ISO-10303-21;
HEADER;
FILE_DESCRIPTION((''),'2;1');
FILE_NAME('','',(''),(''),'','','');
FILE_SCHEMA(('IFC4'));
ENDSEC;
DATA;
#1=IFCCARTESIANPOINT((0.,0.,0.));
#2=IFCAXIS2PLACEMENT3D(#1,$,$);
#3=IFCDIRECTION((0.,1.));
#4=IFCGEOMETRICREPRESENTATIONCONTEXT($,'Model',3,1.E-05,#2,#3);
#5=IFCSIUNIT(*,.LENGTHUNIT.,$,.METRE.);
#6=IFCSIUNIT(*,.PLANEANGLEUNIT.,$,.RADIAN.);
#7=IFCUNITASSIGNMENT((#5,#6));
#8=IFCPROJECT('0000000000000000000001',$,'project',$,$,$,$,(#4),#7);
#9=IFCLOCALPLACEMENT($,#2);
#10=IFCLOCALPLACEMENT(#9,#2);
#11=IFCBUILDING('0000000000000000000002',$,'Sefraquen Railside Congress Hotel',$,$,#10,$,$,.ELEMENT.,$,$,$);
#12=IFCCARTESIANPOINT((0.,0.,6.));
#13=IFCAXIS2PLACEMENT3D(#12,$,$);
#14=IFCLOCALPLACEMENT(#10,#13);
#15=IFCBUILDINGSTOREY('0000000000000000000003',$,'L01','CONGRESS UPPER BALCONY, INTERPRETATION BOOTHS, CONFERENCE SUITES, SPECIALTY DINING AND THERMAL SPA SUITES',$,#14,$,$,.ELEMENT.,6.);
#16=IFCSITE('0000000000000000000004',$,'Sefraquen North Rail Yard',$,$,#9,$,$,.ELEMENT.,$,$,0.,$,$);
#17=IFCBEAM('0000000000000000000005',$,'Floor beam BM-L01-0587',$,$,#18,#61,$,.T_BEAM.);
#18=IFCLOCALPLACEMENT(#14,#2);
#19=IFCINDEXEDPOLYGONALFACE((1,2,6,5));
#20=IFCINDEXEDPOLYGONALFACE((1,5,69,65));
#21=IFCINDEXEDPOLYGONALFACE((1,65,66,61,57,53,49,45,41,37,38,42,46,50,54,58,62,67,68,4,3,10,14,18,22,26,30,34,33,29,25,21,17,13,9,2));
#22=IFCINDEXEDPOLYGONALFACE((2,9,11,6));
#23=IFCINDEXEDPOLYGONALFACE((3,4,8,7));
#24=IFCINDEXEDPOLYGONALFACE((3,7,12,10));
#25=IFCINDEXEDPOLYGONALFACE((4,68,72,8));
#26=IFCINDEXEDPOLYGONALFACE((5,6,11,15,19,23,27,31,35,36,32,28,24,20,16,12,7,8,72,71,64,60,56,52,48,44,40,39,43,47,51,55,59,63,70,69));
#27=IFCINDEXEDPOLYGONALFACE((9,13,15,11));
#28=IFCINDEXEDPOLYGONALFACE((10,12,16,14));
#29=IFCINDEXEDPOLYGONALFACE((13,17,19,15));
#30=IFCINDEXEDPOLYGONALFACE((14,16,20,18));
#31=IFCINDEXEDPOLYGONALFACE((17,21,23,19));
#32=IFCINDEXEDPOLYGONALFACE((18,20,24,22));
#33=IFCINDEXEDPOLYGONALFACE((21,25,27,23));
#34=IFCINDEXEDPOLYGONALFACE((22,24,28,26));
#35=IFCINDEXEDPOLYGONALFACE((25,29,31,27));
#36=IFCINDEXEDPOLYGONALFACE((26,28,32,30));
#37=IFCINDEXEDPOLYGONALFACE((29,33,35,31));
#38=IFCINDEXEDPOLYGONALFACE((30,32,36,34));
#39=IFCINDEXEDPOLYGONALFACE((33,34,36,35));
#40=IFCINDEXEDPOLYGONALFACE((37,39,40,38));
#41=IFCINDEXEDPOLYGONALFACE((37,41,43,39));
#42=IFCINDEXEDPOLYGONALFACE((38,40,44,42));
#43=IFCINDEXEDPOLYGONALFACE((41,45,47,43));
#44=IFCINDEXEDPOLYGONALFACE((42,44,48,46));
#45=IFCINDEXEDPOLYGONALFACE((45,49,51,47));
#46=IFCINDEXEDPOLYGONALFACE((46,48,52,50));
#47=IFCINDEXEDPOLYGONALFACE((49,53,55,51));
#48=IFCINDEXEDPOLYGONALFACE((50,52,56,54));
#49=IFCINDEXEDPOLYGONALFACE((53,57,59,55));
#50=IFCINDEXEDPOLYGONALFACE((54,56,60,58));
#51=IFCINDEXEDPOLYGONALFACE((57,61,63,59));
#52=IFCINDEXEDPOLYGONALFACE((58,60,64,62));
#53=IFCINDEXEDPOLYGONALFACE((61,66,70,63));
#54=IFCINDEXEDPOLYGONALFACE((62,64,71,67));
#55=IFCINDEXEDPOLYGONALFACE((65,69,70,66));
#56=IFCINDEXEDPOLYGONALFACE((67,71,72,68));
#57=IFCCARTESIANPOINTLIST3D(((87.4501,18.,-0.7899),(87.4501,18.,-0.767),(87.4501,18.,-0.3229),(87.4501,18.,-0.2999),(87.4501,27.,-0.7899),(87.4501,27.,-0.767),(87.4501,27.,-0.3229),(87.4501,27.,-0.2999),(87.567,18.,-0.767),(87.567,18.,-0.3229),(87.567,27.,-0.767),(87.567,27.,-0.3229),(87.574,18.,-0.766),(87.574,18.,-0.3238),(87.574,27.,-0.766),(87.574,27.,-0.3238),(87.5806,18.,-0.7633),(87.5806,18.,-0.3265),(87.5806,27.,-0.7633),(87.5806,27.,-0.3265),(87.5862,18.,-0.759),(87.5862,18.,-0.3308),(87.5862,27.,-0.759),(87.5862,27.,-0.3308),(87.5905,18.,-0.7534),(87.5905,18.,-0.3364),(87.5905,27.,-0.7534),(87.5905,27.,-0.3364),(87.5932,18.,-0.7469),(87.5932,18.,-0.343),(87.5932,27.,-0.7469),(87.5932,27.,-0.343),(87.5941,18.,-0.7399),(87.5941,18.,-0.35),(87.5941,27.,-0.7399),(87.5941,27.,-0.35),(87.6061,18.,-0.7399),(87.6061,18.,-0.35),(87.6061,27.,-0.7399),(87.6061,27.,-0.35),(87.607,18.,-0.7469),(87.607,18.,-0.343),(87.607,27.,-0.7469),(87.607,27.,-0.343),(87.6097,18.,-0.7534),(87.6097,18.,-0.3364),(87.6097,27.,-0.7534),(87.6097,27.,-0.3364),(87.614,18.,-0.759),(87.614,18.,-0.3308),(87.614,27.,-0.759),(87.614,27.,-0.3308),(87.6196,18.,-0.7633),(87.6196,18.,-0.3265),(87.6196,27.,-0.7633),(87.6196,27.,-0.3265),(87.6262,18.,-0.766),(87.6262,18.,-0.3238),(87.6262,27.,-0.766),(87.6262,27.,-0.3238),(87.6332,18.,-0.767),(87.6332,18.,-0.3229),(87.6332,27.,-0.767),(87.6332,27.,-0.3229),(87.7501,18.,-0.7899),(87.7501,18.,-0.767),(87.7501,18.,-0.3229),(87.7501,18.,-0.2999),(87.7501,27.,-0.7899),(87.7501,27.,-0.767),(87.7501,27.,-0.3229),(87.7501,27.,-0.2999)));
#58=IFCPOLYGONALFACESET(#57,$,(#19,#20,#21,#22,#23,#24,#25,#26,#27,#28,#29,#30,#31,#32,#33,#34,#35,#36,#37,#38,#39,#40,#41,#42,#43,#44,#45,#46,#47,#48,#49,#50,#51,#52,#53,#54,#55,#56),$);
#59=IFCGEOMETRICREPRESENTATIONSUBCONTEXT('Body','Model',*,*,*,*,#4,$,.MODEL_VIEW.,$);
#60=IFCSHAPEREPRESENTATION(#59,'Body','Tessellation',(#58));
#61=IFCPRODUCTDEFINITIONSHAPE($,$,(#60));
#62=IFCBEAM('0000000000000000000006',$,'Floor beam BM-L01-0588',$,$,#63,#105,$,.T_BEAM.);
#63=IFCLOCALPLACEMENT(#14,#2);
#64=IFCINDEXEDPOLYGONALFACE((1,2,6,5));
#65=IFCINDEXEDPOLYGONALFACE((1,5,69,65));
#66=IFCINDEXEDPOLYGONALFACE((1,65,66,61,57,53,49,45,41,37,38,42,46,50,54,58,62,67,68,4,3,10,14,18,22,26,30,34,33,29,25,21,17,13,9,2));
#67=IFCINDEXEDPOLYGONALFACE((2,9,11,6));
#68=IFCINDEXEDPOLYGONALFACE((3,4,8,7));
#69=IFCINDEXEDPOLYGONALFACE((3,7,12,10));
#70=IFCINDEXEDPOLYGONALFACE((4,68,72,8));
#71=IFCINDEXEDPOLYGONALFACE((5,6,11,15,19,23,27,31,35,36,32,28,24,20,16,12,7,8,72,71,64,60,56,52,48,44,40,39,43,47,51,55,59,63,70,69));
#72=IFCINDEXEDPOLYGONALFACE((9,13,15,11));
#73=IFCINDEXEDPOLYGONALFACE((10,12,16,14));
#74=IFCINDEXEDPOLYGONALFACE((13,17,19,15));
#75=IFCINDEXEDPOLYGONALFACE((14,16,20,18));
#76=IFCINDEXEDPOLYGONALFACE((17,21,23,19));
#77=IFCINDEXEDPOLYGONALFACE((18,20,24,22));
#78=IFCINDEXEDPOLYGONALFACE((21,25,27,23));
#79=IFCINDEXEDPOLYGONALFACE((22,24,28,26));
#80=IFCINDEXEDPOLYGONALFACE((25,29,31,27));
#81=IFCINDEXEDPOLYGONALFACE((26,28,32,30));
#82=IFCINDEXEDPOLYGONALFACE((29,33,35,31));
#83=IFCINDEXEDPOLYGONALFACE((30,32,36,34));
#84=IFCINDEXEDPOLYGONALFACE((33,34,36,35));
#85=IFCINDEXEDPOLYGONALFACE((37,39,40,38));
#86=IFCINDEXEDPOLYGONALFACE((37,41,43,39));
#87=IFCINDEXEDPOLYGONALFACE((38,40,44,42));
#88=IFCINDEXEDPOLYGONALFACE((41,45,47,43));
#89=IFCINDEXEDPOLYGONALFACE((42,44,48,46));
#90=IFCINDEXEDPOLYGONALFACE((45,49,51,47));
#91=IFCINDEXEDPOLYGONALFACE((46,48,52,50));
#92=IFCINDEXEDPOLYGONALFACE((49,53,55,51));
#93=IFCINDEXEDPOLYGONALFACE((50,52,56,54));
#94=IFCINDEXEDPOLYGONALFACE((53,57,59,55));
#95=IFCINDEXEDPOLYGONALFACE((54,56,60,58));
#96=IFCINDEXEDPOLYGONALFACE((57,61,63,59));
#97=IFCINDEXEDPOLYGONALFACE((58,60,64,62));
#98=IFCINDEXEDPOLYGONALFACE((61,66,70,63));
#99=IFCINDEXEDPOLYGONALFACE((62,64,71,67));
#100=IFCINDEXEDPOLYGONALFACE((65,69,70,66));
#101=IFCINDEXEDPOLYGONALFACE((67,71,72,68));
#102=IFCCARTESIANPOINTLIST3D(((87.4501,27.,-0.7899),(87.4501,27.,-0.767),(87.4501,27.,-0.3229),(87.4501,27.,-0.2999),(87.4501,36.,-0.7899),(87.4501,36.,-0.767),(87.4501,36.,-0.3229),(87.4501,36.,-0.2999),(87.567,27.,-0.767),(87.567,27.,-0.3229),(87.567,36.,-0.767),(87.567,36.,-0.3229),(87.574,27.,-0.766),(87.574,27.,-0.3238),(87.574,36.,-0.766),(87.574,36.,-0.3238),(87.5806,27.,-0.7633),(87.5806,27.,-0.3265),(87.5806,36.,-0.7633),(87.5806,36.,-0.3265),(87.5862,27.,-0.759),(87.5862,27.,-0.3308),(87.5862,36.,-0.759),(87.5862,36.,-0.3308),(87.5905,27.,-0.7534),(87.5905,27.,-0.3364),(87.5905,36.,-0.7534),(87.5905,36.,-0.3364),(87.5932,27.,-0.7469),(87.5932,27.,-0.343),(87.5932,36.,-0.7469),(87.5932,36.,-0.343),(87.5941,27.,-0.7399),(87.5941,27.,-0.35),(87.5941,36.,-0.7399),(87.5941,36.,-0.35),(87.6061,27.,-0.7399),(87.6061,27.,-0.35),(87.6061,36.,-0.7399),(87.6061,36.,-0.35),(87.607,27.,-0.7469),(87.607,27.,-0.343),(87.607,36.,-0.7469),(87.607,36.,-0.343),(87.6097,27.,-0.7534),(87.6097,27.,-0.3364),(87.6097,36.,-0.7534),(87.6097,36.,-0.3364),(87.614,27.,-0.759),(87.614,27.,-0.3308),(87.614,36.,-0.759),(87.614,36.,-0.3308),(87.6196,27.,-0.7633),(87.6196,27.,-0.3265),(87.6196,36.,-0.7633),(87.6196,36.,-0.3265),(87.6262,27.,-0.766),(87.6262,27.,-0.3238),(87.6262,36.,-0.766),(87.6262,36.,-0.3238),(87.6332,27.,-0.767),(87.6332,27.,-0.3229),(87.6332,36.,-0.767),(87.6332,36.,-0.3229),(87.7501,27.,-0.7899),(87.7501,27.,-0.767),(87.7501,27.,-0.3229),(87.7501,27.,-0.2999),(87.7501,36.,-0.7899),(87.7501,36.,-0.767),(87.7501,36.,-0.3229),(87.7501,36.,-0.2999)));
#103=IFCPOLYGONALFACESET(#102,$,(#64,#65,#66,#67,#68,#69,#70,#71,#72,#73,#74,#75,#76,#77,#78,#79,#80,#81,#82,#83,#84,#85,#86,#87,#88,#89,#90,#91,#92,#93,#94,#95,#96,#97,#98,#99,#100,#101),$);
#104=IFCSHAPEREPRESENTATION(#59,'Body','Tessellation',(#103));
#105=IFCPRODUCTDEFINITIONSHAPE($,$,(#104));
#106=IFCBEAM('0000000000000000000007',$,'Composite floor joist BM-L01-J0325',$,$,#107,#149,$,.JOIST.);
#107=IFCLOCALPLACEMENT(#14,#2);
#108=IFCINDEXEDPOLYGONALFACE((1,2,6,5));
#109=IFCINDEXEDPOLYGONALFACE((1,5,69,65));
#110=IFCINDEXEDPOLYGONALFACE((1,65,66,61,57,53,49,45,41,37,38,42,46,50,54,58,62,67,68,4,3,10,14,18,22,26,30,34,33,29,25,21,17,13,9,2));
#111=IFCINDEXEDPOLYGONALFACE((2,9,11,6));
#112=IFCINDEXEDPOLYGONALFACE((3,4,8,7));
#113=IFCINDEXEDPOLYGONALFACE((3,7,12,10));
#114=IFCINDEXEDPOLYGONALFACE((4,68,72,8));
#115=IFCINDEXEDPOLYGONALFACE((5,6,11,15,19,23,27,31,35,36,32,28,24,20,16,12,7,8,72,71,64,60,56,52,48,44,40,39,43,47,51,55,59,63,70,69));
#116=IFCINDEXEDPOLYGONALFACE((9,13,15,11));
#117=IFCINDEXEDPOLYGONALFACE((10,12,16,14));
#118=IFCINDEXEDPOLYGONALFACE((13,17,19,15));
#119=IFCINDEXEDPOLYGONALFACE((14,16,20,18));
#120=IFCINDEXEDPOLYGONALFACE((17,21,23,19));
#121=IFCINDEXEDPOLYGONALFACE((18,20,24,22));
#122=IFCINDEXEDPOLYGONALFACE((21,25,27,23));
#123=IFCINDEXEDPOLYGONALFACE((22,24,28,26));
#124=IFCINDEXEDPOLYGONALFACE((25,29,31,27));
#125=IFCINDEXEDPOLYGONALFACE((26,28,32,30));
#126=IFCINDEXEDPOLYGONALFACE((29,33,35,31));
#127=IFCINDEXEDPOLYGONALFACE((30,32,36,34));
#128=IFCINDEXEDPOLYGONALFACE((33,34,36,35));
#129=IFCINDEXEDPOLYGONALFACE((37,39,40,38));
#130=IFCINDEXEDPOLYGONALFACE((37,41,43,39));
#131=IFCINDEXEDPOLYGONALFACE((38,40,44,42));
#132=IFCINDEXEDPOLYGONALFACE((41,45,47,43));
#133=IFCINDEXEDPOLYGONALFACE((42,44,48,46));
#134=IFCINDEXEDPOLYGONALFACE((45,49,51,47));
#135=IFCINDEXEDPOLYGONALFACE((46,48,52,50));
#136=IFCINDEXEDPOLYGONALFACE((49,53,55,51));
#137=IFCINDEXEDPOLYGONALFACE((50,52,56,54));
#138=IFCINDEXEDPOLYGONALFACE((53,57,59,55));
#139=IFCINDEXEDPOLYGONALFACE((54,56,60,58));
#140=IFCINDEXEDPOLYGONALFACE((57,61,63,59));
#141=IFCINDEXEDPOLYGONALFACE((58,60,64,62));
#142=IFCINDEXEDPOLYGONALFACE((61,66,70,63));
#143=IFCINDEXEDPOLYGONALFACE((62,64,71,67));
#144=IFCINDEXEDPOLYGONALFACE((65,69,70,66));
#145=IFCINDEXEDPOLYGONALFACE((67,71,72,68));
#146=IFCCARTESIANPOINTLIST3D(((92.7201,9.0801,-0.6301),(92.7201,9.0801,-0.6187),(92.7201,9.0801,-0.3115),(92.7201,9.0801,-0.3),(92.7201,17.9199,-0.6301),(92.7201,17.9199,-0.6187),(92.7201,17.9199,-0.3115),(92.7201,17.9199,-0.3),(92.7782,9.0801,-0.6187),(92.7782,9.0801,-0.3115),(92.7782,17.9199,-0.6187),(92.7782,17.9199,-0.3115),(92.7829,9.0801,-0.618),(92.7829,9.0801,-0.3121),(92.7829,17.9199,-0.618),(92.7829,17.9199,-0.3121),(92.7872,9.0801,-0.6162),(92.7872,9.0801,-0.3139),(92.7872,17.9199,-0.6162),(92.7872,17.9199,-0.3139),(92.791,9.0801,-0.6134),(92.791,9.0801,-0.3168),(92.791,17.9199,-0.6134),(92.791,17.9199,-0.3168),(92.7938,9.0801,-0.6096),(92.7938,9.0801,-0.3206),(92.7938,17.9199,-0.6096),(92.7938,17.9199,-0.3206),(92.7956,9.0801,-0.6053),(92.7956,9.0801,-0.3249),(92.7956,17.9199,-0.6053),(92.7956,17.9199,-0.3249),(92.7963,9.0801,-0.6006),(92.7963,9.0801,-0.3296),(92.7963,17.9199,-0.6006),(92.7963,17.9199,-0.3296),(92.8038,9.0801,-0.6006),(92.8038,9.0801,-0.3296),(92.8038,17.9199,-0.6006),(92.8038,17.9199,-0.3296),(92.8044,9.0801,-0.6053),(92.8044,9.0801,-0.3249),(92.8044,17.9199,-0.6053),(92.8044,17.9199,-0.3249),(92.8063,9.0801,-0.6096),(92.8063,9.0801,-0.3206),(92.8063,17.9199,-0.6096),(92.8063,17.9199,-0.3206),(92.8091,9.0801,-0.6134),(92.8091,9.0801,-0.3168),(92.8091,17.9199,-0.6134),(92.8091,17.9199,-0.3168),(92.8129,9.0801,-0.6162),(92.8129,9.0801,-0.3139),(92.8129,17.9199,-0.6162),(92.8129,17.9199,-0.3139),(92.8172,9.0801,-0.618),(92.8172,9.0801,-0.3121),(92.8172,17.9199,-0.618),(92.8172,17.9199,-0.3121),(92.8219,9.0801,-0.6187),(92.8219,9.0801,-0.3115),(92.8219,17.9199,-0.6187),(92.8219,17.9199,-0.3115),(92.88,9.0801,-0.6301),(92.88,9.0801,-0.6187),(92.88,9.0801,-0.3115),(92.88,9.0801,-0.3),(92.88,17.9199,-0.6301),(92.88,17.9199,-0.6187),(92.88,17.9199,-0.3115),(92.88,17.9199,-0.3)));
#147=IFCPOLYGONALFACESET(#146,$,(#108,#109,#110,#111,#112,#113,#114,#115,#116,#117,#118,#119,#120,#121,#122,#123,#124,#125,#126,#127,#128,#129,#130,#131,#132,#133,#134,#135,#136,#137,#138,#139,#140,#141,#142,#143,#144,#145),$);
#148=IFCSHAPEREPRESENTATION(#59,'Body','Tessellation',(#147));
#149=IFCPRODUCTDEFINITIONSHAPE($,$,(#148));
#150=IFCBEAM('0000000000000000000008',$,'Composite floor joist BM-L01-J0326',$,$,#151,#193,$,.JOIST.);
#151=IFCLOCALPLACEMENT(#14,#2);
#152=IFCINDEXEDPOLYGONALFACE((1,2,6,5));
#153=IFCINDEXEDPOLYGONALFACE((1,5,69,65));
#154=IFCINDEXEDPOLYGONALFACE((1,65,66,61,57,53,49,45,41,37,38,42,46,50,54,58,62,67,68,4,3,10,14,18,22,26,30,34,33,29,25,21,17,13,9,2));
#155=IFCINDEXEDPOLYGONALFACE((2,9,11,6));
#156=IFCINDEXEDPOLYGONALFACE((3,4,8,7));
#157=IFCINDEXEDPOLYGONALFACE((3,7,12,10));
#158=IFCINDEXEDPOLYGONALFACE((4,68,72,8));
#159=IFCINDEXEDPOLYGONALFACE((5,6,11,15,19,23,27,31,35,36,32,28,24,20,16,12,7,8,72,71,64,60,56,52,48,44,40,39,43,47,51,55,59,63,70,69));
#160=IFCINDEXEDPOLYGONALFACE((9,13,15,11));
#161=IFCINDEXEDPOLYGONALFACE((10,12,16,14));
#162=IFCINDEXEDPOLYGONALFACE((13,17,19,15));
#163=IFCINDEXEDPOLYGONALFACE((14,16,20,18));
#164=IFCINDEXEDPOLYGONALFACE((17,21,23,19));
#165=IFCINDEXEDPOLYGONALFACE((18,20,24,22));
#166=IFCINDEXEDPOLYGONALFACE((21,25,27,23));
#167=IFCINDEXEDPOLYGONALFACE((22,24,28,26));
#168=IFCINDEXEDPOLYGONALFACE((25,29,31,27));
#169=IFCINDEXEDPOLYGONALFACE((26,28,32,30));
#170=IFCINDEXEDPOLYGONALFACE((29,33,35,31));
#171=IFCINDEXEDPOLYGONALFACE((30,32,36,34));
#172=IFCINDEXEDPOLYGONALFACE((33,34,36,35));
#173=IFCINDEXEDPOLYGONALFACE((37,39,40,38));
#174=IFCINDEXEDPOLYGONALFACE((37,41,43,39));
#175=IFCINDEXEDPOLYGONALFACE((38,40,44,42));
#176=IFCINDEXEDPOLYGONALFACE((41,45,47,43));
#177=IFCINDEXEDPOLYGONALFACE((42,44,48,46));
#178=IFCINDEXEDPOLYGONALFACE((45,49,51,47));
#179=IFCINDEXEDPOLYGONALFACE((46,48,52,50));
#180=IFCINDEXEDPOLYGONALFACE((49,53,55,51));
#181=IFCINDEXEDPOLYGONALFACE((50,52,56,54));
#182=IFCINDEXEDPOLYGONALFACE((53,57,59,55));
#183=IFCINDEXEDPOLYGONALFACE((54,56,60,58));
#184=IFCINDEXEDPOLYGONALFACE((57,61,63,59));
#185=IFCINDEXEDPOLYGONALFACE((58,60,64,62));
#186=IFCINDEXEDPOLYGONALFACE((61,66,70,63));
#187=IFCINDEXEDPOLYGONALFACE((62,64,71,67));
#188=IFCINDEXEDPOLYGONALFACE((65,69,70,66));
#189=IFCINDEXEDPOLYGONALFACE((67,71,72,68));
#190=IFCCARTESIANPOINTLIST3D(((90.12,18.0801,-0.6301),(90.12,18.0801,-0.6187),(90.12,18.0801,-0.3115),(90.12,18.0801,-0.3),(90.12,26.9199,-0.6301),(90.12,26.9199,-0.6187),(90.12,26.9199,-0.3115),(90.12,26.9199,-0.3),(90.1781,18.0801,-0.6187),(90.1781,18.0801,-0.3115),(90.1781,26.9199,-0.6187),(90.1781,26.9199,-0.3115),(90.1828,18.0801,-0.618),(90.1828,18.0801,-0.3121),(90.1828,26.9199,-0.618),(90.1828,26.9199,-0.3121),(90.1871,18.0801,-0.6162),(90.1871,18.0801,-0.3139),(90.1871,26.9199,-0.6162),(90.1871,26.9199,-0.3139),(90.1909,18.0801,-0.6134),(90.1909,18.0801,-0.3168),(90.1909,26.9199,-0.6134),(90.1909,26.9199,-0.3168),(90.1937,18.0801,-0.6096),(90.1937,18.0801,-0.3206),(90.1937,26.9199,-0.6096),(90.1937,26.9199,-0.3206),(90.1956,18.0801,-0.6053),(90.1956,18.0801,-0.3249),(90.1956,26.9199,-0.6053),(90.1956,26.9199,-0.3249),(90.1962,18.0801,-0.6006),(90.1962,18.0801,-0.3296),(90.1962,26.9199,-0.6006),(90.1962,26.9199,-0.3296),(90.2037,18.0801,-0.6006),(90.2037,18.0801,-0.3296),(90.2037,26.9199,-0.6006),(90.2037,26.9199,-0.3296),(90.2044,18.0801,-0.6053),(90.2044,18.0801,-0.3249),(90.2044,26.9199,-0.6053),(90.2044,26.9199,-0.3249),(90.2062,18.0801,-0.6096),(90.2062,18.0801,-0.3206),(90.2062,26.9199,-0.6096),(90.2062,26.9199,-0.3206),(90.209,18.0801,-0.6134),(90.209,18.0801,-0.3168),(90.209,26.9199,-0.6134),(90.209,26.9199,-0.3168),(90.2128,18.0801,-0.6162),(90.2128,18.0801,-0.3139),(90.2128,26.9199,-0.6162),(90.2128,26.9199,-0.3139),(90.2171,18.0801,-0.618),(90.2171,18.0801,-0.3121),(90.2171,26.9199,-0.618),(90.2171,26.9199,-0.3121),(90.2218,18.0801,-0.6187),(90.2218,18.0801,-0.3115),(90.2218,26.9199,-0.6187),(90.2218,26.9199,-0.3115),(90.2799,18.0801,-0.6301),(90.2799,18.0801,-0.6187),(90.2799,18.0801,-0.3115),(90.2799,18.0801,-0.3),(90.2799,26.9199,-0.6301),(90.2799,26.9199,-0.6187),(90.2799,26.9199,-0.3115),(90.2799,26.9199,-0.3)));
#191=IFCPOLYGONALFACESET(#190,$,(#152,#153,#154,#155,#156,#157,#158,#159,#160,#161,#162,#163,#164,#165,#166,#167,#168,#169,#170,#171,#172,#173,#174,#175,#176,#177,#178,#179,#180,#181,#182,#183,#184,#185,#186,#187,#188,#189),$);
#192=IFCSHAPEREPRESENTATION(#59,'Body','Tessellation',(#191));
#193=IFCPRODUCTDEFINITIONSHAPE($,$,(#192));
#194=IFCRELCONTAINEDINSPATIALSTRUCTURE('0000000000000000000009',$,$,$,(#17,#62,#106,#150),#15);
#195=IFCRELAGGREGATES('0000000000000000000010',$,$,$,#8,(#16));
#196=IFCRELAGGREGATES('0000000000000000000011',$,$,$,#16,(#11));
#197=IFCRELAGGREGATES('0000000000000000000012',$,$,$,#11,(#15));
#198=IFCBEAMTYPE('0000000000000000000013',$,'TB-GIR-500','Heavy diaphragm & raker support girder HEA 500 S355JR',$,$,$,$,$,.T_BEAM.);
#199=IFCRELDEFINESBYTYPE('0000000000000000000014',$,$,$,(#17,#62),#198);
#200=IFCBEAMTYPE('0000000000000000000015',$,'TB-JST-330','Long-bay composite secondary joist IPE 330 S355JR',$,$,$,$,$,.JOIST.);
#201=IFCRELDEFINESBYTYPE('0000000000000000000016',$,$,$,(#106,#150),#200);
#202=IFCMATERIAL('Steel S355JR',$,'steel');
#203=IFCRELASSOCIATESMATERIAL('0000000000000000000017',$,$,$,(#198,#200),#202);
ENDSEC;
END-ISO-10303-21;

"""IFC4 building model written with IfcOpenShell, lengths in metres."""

from ifc_helpers import new_model, si_unit, direction, frame, origin, origin_2d, place, context, subcontext, project, spatial, i_section, extrude, material, material_profile, profile_set, type_object, element, save


model = new_model("IFC4")

# Units and contexts
model_context = context("Model", 3, precision=1e-05, world=origin(), true_north=direction((0.0, 1.0)))
body_context = subcontext(model_context, "Body", "Model", "MODEL_VIEW")
ifc_project = project(units=[si_unit("LENGTHUNIT", "METRE"), si_unit("PLANEANGLEUNIT", "RADIAN")], contexts=[model_context])

# Site, building, storey
site_placement = place(None, origin())
site = spatial("IfcSite", under=ifc_project, at=site_placement, Name="Sefraquen North Rail Yard", CompositionType="ELEMENT", RefElevation=0.0)
building_placement = place(site_placement, origin())
building = spatial("IfcBuilding", under=site, at=building_placement, Name="Sefraquen Railside Congress Hotel", CompositionType="ELEMENT")
storey_placement = place(building_placement, frame((0.0, 0.0, 6.0)))
storey = spatial("IfcBuildingStorey", under=building, at=storey_placement, Name="L01", Description="CONGRESS UPPER BALCONY, INTERPRETATION BOOTHS, CONFERENCE SUITES, SPECIALTY DINING AND THERMAL SPA SUITES", CompositionType="ELEMENT", Elevation=6.0)

# Shared definitions
ifc_material_1 = material(Name="Steel S355JR", Category="steel")

# Beams
ifc_material_profile_1 = material_profile(ifc_material_1, i_section(OverallWidth=0.3, OverallDepth=0.49, WebThickness=0.012, FlangeThickness=0.0229, FilletRadius=0.0271, at=origin_2d()), Name="HEA 500")
ifc_profile_set_1 = profile_set([ifc_material_profile_1], Name="Steel S355JR")
beam_type_1 = type_object("IfcBeamType", Name="TB-GIR-500", Description="Heavy diaphragm & raker support girder HEA 500 S355JR", PredefinedType="T_BEAM", material=ifc_profile_set_1)
for number, where, z_axis, x_axis, name in (
    (1, (87.6001, 18.0, -0.5449), (0.0, 1.0, 0.0), (-1.0, 0.0, 0.0), "Floor beam BM-L01-0587"),
    (2, (87.6001, 27.0, -0.5449), (0.0, 1.0, 0.0), (-1.0, 0.0, 0.0), "Floor beam BM-L01-0588"),
):
    element("IfcBeam", number, at=place(storey_placement, frame(where, z_axis=z_axis, x_axis=x_axis)), inside=storey, type_object=beam_type_1, Name=name, PredefinedType="T_BEAM", context=body_context, shape_type="SweptSolid", body=[
        extrude(i_section(OverallWidth=0.3, OverallDepth=0.49, WebThickness=0.012, FlangeThickness=0.0229, FilletRadius=0.0271, at=origin_2d()), origin(), (0.0, 0.0, 1.0), 9.0),
    ])
ifc_material_profile_2 = material_profile(ifc_material_1, i_section(OverallWidth=0.1599, OverallDepth=0.3301, WebThickness=0.0076, FlangeThickness=0.0115, FilletRadius=0.0181, at=origin_2d()), Name="IPE 330")
ifc_profile_set_2 = profile_set([ifc_material_profile_2], Name="Steel S355JR")
beam_type_2 = type_object("IfcBeamType", Name="TB-JST-330", Description="Long-bay composite secondary joist IPE 330 S355JR", PredefinedType="JOIST", material=ifc_profile_set_2)
for number, where, z_axis, x_axis, name in (
    (3, (92.8, 9.0801, -0.4651), (0.0, 1.0, 0.0), (-1.0, 0.0, 0.0), "Composite floor joist BM-L01-J0325"),
    (4, (90.2, 18.0801, -0.4651), (0.0, 1.0, 0.0), (-1.0, 0.0, 0.0), "Composite floor joist BM-L01-J0326"),
):
    element("IfcBeam", number, at=place(storey_placement, frame(where, z_axis=z_axis, x_axis=x_axis)), inside=storey, type_object=beam_type_2, Name=name, PredefinedType="JOIST", context=body_context, shape_type="SweptSolid", body=[
        extrude(i_section(OverallWidth=0.1599, OverallDepth=0.3301, WebThickness=0.0076, FlangeThickness=0.0115, FilletRadius=0.0181, at=origin_2d()), origin(), (0.0, 0.0, 1.0), 8.8398),
    ])

save(model, "model.ifc")
